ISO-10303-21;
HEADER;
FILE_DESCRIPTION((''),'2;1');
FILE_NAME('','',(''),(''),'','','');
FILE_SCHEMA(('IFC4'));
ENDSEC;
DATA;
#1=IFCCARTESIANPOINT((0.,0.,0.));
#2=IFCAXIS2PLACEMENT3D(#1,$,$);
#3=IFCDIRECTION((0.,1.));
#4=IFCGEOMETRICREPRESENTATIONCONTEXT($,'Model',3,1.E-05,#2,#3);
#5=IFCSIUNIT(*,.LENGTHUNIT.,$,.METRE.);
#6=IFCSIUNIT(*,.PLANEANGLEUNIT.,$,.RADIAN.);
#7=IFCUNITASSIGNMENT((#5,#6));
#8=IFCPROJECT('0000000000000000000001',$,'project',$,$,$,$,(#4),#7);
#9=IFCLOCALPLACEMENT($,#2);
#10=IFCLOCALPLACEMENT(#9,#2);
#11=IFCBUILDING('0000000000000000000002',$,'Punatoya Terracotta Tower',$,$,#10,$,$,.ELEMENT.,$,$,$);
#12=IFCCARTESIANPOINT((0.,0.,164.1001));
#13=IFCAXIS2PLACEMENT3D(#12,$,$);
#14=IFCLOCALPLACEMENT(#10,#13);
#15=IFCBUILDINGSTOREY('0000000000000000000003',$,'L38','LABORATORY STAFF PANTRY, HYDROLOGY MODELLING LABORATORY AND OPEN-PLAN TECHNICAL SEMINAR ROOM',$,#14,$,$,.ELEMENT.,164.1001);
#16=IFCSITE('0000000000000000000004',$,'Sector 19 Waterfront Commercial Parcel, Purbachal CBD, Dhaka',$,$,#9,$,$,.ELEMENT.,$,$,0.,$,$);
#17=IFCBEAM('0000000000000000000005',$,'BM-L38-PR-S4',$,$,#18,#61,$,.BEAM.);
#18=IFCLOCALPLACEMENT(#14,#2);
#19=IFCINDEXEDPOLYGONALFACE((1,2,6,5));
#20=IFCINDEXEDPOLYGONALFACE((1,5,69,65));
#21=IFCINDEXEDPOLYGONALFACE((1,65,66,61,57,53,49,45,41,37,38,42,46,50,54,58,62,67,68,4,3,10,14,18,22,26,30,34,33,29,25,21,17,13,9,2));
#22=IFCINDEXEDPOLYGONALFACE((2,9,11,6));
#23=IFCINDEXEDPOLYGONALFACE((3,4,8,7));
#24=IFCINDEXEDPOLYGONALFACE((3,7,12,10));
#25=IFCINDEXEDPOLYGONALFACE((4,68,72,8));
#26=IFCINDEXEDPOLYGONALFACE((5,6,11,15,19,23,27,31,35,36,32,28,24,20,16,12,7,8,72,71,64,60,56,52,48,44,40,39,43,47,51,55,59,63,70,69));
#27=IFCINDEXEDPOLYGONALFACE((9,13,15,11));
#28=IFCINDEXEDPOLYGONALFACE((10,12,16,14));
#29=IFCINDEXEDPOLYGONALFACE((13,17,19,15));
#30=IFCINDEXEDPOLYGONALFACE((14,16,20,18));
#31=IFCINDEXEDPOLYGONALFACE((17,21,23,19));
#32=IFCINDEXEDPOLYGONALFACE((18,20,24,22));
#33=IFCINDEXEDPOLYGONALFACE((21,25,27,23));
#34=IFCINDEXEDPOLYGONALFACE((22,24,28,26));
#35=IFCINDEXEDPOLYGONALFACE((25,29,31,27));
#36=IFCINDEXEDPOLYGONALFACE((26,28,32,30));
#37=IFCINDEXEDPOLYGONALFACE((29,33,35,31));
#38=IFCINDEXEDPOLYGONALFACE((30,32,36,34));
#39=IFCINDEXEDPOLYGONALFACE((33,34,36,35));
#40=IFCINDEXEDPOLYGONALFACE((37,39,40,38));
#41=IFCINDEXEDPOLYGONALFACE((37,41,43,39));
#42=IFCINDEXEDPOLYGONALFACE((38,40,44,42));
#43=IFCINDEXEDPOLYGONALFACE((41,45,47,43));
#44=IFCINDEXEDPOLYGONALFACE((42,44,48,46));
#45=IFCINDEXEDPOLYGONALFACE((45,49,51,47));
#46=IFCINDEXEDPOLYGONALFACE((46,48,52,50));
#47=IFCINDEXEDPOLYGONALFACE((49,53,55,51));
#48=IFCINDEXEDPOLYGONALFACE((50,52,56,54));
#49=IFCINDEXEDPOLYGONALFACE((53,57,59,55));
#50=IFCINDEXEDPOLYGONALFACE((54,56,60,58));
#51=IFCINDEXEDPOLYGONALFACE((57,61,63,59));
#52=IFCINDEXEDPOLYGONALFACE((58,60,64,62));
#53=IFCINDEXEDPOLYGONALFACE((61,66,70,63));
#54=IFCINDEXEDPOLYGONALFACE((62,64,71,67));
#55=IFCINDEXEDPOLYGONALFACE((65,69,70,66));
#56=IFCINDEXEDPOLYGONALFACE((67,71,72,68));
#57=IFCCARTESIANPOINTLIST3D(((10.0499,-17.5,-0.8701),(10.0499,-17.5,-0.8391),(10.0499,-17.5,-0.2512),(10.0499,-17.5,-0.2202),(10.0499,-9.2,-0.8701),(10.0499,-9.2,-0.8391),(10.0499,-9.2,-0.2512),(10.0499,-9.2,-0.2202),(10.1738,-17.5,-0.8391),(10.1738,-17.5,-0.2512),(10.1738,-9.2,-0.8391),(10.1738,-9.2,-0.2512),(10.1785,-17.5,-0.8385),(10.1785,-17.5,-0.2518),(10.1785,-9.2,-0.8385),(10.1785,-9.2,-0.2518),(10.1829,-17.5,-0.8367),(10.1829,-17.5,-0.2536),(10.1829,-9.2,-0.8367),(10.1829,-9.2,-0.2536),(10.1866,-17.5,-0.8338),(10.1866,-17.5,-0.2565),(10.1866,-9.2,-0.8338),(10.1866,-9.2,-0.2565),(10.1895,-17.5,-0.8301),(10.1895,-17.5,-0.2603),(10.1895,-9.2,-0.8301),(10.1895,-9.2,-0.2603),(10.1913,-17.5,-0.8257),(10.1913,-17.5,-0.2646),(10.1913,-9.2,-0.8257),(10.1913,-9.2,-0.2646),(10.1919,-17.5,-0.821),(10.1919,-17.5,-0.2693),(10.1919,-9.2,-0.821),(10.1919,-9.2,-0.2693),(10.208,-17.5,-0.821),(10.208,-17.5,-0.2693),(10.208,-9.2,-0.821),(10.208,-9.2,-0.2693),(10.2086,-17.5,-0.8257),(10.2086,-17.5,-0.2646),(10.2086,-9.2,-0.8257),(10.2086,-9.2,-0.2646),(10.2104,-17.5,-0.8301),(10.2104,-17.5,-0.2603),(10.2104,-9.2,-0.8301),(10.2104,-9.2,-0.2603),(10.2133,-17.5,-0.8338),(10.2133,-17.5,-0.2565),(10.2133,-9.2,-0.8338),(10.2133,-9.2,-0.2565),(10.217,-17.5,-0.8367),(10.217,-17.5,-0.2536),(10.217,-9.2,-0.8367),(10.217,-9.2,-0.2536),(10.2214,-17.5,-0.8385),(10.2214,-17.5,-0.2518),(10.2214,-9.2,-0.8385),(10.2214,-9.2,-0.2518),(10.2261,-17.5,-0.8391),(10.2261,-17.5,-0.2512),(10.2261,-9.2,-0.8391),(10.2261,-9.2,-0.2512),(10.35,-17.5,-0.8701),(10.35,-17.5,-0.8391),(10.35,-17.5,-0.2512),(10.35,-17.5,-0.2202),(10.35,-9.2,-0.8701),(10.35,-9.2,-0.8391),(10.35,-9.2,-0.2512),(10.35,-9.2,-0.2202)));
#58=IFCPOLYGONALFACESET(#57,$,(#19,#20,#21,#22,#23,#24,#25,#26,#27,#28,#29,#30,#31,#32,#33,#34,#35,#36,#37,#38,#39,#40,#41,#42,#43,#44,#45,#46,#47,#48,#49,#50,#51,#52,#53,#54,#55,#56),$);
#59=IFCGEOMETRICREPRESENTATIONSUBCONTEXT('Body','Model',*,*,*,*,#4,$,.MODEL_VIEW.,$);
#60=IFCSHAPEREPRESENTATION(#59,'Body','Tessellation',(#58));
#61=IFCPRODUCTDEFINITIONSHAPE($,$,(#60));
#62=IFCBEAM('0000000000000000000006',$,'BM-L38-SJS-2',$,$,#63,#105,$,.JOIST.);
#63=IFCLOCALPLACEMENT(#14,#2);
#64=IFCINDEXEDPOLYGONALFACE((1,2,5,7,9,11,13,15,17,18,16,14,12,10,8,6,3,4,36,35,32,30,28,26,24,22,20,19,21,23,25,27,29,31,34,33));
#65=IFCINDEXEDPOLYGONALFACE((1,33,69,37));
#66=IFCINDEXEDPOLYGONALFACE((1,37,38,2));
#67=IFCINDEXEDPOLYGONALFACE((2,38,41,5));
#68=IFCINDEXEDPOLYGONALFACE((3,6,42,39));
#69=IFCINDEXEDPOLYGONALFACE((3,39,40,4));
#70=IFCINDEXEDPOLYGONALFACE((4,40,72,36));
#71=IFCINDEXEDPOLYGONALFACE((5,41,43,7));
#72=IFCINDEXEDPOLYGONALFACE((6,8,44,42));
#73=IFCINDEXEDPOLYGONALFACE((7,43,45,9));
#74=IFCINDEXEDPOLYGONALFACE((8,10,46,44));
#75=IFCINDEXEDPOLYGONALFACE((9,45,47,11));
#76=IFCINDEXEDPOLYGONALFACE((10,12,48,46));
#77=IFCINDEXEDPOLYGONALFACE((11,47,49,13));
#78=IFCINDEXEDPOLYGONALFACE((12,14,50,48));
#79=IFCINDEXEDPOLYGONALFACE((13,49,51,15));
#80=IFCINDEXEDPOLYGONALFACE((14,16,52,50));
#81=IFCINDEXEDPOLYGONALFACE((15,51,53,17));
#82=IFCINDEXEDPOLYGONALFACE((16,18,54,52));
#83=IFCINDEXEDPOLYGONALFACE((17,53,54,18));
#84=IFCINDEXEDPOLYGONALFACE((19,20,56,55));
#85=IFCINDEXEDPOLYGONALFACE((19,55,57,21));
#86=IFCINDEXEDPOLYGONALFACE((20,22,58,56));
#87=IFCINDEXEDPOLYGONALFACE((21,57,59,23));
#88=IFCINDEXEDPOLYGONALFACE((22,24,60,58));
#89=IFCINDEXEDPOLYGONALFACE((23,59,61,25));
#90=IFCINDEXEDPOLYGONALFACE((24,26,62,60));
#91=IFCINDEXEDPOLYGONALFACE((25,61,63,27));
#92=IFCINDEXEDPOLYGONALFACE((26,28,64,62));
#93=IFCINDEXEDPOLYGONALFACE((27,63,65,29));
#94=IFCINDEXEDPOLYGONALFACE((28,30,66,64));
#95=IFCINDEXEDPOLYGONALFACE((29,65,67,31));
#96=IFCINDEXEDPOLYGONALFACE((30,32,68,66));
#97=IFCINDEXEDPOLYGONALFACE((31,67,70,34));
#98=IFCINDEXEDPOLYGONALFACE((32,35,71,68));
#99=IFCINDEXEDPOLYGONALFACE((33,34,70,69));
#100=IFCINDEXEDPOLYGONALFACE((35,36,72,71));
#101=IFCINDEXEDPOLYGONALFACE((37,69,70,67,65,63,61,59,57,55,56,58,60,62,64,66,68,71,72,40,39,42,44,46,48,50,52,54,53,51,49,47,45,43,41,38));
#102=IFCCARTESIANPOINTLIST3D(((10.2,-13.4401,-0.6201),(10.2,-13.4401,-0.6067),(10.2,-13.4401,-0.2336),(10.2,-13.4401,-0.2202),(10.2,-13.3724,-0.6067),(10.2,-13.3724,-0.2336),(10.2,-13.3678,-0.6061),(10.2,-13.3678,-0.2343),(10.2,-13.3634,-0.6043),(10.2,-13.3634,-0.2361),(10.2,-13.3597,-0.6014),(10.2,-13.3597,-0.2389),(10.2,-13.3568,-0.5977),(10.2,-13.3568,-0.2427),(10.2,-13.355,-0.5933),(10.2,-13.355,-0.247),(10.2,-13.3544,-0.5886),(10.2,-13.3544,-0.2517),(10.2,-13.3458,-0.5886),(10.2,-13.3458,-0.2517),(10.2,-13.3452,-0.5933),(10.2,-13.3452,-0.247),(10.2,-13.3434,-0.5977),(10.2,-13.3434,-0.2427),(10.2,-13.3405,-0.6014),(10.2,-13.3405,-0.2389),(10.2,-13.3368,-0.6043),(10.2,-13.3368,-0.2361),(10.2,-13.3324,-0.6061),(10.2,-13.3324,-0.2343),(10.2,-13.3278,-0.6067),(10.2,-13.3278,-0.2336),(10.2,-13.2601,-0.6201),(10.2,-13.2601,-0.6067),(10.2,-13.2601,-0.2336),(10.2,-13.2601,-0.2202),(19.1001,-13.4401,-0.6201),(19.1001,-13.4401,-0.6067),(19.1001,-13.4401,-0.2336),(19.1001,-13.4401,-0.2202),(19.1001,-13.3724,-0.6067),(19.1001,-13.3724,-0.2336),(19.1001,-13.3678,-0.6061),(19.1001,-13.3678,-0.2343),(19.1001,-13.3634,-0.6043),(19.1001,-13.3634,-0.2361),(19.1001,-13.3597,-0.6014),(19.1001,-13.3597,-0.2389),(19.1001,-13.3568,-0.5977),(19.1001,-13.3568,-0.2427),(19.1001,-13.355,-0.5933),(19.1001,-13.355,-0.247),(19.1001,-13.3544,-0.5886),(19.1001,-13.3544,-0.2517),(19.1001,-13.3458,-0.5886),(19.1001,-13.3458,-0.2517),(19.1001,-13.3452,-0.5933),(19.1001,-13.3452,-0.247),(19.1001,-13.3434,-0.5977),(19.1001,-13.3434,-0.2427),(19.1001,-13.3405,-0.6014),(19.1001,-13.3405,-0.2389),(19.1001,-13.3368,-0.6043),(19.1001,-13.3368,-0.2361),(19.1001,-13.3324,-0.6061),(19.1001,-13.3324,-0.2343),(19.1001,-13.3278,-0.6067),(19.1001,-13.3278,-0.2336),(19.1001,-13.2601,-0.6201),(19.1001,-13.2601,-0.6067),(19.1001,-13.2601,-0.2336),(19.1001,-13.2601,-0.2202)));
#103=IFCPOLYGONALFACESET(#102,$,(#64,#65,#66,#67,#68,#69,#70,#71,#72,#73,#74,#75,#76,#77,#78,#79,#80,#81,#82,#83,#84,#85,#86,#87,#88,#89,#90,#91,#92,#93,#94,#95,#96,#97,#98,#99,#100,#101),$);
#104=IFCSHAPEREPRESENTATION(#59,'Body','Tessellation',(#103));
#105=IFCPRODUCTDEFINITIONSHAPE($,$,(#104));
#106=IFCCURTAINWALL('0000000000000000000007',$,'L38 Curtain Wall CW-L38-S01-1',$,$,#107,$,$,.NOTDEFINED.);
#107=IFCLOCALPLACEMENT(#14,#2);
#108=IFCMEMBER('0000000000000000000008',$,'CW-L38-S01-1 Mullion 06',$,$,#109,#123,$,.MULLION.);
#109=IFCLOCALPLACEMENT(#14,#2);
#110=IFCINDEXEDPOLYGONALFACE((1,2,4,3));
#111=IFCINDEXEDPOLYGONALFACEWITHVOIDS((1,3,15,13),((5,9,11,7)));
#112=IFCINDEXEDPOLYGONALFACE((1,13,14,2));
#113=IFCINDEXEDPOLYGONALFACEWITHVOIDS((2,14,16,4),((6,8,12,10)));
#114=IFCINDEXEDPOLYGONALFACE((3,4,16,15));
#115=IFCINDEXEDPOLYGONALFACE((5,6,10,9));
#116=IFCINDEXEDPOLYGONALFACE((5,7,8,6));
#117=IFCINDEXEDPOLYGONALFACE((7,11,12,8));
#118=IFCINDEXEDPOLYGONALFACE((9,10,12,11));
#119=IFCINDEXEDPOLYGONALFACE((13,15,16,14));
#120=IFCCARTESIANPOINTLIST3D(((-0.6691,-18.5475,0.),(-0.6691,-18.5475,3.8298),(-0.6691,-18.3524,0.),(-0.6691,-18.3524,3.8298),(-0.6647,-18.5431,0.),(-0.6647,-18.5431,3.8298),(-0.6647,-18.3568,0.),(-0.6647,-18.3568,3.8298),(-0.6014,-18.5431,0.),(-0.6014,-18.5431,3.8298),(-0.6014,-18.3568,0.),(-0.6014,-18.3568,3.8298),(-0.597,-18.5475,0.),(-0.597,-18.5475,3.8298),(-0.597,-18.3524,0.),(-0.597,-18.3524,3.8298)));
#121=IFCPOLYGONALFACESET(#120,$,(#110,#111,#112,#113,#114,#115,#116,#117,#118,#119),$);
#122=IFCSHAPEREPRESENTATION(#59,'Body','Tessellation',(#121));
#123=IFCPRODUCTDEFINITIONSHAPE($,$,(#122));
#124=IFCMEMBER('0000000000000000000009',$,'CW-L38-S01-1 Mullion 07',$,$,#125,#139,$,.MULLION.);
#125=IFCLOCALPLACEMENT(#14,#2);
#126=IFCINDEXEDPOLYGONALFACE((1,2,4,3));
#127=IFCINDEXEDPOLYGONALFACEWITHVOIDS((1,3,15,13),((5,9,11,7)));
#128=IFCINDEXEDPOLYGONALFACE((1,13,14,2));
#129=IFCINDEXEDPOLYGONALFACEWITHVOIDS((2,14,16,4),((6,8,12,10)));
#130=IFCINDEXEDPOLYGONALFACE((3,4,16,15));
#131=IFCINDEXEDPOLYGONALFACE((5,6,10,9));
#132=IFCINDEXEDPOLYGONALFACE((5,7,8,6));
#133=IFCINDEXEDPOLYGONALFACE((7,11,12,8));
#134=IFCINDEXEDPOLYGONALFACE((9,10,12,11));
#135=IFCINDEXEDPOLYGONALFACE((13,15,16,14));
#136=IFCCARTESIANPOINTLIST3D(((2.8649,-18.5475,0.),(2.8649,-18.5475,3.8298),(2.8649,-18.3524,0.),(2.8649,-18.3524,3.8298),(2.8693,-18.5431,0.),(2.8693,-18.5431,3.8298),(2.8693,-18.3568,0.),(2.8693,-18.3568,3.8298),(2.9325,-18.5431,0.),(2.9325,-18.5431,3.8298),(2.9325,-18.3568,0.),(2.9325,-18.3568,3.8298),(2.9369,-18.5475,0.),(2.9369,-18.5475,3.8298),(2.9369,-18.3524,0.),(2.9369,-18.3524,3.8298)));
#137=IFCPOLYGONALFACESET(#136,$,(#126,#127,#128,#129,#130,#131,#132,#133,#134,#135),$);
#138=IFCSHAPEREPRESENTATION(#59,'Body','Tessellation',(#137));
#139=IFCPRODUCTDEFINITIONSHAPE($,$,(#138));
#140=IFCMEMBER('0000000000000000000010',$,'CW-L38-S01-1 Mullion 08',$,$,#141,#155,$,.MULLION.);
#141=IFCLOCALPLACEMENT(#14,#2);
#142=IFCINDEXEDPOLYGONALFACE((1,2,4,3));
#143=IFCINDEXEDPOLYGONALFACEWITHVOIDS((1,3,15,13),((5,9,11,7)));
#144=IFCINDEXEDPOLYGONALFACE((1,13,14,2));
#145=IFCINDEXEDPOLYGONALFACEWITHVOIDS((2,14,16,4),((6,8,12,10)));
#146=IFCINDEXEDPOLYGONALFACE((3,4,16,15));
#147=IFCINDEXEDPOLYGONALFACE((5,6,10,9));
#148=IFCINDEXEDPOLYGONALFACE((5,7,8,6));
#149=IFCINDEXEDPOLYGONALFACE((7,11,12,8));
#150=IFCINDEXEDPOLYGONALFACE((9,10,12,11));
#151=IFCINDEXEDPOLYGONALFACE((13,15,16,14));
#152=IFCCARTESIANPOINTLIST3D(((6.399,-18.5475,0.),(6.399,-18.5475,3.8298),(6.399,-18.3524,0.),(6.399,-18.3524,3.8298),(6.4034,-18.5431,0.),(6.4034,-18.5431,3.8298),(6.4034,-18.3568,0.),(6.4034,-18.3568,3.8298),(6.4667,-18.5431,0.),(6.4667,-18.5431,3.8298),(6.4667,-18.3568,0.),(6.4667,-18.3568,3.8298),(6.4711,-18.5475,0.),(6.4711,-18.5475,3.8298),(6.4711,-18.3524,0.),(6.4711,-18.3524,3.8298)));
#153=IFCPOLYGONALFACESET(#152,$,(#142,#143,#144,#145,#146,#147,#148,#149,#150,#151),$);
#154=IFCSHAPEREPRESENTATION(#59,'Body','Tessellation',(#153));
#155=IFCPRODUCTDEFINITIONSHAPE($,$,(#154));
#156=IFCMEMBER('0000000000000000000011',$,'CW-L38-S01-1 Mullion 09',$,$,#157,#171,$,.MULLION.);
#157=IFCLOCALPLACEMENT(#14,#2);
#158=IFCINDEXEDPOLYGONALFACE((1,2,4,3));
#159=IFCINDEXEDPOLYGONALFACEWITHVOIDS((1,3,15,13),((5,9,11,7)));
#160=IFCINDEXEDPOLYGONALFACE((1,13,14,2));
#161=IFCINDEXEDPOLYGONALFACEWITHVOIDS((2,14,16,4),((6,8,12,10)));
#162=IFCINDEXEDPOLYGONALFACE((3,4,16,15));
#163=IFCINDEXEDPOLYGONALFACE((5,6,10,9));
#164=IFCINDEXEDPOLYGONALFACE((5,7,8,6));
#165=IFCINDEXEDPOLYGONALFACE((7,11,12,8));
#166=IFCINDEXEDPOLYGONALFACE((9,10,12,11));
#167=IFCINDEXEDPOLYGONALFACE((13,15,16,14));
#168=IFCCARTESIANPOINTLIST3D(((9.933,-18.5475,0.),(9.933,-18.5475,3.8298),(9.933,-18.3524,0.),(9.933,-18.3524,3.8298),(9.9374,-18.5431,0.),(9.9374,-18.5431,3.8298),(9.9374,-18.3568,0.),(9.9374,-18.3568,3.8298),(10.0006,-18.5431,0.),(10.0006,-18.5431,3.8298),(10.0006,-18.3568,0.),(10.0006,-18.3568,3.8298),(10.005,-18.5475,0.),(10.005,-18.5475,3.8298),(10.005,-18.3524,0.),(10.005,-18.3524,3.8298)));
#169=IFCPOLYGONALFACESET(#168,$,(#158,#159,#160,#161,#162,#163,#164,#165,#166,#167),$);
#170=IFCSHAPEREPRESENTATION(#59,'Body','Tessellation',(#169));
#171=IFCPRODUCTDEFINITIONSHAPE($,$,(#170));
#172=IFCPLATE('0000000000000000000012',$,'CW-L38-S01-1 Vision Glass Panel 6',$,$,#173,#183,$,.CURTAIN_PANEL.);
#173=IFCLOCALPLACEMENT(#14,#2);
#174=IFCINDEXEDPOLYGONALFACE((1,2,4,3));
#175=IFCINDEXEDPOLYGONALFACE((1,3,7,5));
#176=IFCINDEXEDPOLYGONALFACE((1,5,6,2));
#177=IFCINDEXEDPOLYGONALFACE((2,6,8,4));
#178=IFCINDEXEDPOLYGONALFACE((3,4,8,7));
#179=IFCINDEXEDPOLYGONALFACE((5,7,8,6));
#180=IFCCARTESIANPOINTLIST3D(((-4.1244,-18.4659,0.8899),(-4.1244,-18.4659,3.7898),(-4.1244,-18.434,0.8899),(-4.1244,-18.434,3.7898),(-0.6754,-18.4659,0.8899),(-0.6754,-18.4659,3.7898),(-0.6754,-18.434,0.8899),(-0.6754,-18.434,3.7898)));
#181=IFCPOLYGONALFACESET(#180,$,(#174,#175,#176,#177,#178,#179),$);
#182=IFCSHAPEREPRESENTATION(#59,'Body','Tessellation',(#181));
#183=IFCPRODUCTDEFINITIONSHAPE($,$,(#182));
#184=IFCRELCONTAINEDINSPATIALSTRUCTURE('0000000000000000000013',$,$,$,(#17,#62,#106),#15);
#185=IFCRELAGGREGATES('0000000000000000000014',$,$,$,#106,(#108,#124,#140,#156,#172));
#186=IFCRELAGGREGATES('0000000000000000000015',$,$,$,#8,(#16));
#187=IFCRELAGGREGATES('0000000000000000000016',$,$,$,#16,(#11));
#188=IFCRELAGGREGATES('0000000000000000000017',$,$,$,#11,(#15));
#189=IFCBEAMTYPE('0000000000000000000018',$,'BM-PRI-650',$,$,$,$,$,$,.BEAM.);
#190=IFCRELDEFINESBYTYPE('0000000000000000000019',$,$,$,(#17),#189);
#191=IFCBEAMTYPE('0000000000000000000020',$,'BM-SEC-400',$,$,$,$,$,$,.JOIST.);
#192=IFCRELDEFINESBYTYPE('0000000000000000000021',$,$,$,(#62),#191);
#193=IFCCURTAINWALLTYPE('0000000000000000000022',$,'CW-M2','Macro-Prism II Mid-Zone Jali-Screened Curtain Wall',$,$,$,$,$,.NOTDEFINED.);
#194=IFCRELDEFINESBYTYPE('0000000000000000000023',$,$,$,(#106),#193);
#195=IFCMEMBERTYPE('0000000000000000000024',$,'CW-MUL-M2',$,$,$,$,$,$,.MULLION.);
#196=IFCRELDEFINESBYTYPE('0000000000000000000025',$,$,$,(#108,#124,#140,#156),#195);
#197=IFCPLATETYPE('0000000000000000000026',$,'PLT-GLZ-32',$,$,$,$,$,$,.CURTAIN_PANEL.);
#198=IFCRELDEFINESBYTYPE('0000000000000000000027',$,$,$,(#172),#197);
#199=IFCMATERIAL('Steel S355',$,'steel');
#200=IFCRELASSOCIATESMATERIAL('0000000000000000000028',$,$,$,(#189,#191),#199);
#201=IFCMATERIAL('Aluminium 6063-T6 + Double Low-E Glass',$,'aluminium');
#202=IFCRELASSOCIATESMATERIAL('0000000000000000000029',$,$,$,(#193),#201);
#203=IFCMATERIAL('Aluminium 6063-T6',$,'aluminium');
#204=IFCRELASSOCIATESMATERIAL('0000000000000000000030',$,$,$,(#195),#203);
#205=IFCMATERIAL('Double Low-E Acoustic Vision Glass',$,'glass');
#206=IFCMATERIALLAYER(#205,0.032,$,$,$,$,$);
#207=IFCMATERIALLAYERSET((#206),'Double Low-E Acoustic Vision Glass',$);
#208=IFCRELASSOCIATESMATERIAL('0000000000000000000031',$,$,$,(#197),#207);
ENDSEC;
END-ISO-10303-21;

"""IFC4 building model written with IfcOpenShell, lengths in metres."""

from ifc_helpers import new_model, si_unit, direction, frame, origin, origin_2d, place, context, subcontext, project, spatial, rectangle, hollow_rectangle, i_section, extrude, material, layer, layer_set, material_profile, profile_set, type_object, element, aggregate, save


model = new_model("IFC4")

# Units and contexts
model_context = context("Model", 3, precision=1e-05, world=origin(), true_north=direction((0.0, 1.0)))
body_context = subcontext(model_context, "Body", "Model", "MODEL_VIEW")
ifc_project = project(units=[si_unit("LENGTHUNIT", "METRE"), si_unit("PLANEANGLEUNIT", "RADIAN")], contexts=[model_context])

# Site, building, storey
site_placement = place(None, origin())
site = spatial("IfcSite", under=ifc_project, at=site_placement, Name="Sector 19 Waterfront Commercial Parcel, Purbachal CBD, Dhaka", CompositionType="ELEMENT", RefElevation=0.0)
building_placement = place(site_placement, origin())
building = spatial("IfcBuilding", under=site, at=building_placement, Name="Punatoya Terracotta Tower", CompositionType="ELEMENT")
storey_placement = place(building_placement, frame((0.0, 0.0, 164.1001)))
storey = spatial("IfcBuildingStorey", under=building, at=storey_placement, Name="L38", Description="LABORATORY STAFF PANTRY, HYDROLOGY MODELLING LABORATORY AND OPEN-PLAN TECHNICAL SEMINAR ROOM", CompositionType="ELEMENT", Elevation=164.1001)

# Beams
ifc_material_1 = material(Name="Steel S355", Category="steel")
ifc_material_profile_1 = material_profile(ifc_material_1, i_section(OverallWidth=0.3, OverallDepth=0.6499, WebThickness=0.0161, FlangeThickness=0.031, FilletRadius=0.0181, at=origin_2d()))
ifc_profile_set_1 = profile_set([ifc_material_profile_1], Name="Steel S355")
beam_type_1 = type_object("IfcBeamType", Name="BM-PRI-650", PredefinedType="BEAM", material=ifc_profile_set_1)
for number, where, z_axis, x_axis, name in (
    (1, (10.2, -17.5, -0.5452), (0.0, 1.0, 0.0), (-1.0, 0.0, 0.0), "BM-L38-PR-S4"),
):
    element("IfcBeam", number, at=place(storey_placement, frame(where, z_axis=z_axis, x_axis=x_axis)), inside=storey, type_object=beam_type_1, Name=name, PredefinedType="BEAM", context=body_context, shape_type="SweptSolid", body=[
        extrude(i_section(OverallWidth=0.3, OverallDepth=0.6499, WebThickness=0.0161, FlangeThickness=0.031, FilletRadius=0.0181, at=origin_2d()), origin(), (0.0, 0.0, 1.0), 8.3),
    ])
ifc_material_profile_2 = material_profile(ifc_material_1, i_section(OverallWidth=0.1799, OverallDepth=0.3999, WebThickness=0.0085, FlangeThickness=0.0134, FilletRadius=0.0181, at=origin_2d()))
ifc_profile_set_2 = profile_set([ifc_material_profile_2], Name="Steel S355")
beam_type_2 = type_object("IfcBeamType", Name="BM-SEC-400", PredefinedType="JOIST", material=ifc_profile_set_2)
beam_1_placement = place(storey_placement, frame((10.2, -13.3501, -0.4202), z_axis=(1.0, 0.0, 0.0), x_axis=(0.0, 1.0, 0.0)))
element("IfcBeam", 2, at=beam_1_placement, inside=storey, type_object=beam_type_2, Name="BM-L38-SJS-2", PredefinedType="JOIST", context=body_context, shape_type="SweptSolid", body=[
    extrude(i_section(OverallWidth=0.1799, OverallDepth=0.3999, WebThickness=0.0085, FlangeThickness=0.0134, FilletRadius=0.0181, at=origin_2d()), origin(), (0.0, 0.0, 1.0), 8.9001),
])

# Curtain wall, members, plate
ifc_material_2 = material(Name="Aluminium 6063-T6 + Double Low-E Glass", Category="aluminium")
curtain_wall_type = type_object("IfcCurtainWallType", Name="CW-M2", Description="Macro-Prism II Mid-Zone Jali-Screened Curtain Wall", PredefinedType="NOTDEFINED", material=ifc_material_2)
curtain_wall_placement = place(storey_placement, origin())
curtain_wall = element("IfcCurtainWall", 3, at=curtain_wall_placement, inside=storey, type_object=curtain_wall_type, Name="L38 Curtain Wall CW-L38-S01-1", PredefinedType="NOTDEFINED")
ifc_material_3 = material(Name="Aluminium 6063-T6", Category="aluminium")
ifc_material_profile_3 = material_profile(ifc_material_3, hollow_rectangle(XDim=0.072, YDim=0.1951, WallThickness=0.0044, at=origin_2d()))
ifc_profile_set_3 = profile_set([ifc_material_profile_3], Name="Aluminium 6063-T6")
member_type = type_object("IfcMemberType", Name="CW-MUL-M2", PredefinedType="MULLION", material=ifc_profile_set_3)
member_1_placement = place(storey_placement, frame((-0.6331, -18.45, 0.0), z_axis=(0.0, 0.0, 1.0), x_axis=(1.0, 0.0, 0.0)))
member_1 = element("IfcMember", 4, at=member_1_placement, type_object=member_type, Name="CW-L38-S01-1 Mullion 06", PredefinedType="MULLION", context=body_context, shape_type="SweptSolid", body=[
    extrude(hollow_rectangle(XDim=0.072, YDim=0.1951, WallThickness=0.0044, at=origin_2d()), origin(), (0.0, 0.0, 1.0), 3.8298),
])
member_2_placement = place(storey_placement, frame((2.9009, -18.45, 0.0), z_axis=(0.0, 0.0, 1.0), x_axis=(1.0, 0.0, 0.0)))
member_2 = element("IfcMember", 5, at=member_2_placement, type_object=member_type, Name="CW-L38-S01-1 Mullion 07", PredefinedType="MULLION", context=body_context, shape_type="SweptSolid", body=[
    extrude(hollow_rectangle(XDim=0.072, YDim=0.1951, WallThickness=0.0044, at=origin_2d()), origin(), (0.0, 0.0, 1.0), 3.8298),
])
member_3_placement = place(storey_placement, frame((6.4351, -18.45, 0.0), z_axis=(0.0, 0.0, 1.0), x_axis=(1.0, 0.0, 0.0)))
member_3 = element("IfcMember", 6, at=member_3_placement, type_object=member_type, Name="CW-L38-S01-1 Mullion 08", PredefinedType="MULLION", context=body_context, shape_type="SweptSolid", body=[
    extrude(hollow_rectangle(XDim=0.072, YDim=0.1951, WallThickness=0.0044, at=origin_2d()), origin(), (0.0, 0.0, 1.0), 3.8298),
])
member_4_placement = place(storey_placement, frame((9.969, -18.45, 0.0), z_axis=(0.0, 0.0, 1.0), x_axis=(1.0, 0.0, 0.0)))
member_4 = element("IfcMember", 7, at=member_4_placement, type_object=member_type, Name="CW-L38-S01-1 Mullion 09", PredefinedType="MULLION", context=body_context, shape_type="SweptSolid", body=[
    extrude(hollow_rectangle(XDim=0.072, YDim=0.1951, WallThickness=0.0044, at=origin_2d()), origin(), (0.0, 0.0, 1.0), 3.8298),
])
ifc_material_4 = material(Name="Double Low-E Acoustic Vision Glass", Category="glass")
ifc_layer_1 = layer(ifc_material_4, 0.032)
ifc_layer_set_1 = layer_set([ifc_layer_1], Name="Double Low-E Acoustic Vision Glass")
plate_type_1 = type_object("IfcPlateType", Name="PLT-GLZ-32", PredefinedType="CURTAIN_PANEL", material=ifc_layer_set_1)
plate_1_placement = place(storey_placement, frame((-2.3999, -18.45, 0.8899), z_axis=(0.0, 0.0, 1.0), x_axis=(1.0, 0.0, 0.0)))
plate_1 = element("IfcPlate", 8, at=plate_1_placement, type_object=plate_type_1, Name="CW-L38-S01-1 Vision Glass Panel 6", PredefinedType="CURTAIN_PANEL", context=body_context, shape_type="SweptSolid", body=[
    extrude(rectangle(XDim=3.449, YDim=0.032, at=origin_2d()), origin(), (0.0, 0.0, 1.0), 2.8999),
])
aggregate(curtain_wall, [member_1, member_2, member_3, member_4, plate_1])

save(model, "model.ifc")
